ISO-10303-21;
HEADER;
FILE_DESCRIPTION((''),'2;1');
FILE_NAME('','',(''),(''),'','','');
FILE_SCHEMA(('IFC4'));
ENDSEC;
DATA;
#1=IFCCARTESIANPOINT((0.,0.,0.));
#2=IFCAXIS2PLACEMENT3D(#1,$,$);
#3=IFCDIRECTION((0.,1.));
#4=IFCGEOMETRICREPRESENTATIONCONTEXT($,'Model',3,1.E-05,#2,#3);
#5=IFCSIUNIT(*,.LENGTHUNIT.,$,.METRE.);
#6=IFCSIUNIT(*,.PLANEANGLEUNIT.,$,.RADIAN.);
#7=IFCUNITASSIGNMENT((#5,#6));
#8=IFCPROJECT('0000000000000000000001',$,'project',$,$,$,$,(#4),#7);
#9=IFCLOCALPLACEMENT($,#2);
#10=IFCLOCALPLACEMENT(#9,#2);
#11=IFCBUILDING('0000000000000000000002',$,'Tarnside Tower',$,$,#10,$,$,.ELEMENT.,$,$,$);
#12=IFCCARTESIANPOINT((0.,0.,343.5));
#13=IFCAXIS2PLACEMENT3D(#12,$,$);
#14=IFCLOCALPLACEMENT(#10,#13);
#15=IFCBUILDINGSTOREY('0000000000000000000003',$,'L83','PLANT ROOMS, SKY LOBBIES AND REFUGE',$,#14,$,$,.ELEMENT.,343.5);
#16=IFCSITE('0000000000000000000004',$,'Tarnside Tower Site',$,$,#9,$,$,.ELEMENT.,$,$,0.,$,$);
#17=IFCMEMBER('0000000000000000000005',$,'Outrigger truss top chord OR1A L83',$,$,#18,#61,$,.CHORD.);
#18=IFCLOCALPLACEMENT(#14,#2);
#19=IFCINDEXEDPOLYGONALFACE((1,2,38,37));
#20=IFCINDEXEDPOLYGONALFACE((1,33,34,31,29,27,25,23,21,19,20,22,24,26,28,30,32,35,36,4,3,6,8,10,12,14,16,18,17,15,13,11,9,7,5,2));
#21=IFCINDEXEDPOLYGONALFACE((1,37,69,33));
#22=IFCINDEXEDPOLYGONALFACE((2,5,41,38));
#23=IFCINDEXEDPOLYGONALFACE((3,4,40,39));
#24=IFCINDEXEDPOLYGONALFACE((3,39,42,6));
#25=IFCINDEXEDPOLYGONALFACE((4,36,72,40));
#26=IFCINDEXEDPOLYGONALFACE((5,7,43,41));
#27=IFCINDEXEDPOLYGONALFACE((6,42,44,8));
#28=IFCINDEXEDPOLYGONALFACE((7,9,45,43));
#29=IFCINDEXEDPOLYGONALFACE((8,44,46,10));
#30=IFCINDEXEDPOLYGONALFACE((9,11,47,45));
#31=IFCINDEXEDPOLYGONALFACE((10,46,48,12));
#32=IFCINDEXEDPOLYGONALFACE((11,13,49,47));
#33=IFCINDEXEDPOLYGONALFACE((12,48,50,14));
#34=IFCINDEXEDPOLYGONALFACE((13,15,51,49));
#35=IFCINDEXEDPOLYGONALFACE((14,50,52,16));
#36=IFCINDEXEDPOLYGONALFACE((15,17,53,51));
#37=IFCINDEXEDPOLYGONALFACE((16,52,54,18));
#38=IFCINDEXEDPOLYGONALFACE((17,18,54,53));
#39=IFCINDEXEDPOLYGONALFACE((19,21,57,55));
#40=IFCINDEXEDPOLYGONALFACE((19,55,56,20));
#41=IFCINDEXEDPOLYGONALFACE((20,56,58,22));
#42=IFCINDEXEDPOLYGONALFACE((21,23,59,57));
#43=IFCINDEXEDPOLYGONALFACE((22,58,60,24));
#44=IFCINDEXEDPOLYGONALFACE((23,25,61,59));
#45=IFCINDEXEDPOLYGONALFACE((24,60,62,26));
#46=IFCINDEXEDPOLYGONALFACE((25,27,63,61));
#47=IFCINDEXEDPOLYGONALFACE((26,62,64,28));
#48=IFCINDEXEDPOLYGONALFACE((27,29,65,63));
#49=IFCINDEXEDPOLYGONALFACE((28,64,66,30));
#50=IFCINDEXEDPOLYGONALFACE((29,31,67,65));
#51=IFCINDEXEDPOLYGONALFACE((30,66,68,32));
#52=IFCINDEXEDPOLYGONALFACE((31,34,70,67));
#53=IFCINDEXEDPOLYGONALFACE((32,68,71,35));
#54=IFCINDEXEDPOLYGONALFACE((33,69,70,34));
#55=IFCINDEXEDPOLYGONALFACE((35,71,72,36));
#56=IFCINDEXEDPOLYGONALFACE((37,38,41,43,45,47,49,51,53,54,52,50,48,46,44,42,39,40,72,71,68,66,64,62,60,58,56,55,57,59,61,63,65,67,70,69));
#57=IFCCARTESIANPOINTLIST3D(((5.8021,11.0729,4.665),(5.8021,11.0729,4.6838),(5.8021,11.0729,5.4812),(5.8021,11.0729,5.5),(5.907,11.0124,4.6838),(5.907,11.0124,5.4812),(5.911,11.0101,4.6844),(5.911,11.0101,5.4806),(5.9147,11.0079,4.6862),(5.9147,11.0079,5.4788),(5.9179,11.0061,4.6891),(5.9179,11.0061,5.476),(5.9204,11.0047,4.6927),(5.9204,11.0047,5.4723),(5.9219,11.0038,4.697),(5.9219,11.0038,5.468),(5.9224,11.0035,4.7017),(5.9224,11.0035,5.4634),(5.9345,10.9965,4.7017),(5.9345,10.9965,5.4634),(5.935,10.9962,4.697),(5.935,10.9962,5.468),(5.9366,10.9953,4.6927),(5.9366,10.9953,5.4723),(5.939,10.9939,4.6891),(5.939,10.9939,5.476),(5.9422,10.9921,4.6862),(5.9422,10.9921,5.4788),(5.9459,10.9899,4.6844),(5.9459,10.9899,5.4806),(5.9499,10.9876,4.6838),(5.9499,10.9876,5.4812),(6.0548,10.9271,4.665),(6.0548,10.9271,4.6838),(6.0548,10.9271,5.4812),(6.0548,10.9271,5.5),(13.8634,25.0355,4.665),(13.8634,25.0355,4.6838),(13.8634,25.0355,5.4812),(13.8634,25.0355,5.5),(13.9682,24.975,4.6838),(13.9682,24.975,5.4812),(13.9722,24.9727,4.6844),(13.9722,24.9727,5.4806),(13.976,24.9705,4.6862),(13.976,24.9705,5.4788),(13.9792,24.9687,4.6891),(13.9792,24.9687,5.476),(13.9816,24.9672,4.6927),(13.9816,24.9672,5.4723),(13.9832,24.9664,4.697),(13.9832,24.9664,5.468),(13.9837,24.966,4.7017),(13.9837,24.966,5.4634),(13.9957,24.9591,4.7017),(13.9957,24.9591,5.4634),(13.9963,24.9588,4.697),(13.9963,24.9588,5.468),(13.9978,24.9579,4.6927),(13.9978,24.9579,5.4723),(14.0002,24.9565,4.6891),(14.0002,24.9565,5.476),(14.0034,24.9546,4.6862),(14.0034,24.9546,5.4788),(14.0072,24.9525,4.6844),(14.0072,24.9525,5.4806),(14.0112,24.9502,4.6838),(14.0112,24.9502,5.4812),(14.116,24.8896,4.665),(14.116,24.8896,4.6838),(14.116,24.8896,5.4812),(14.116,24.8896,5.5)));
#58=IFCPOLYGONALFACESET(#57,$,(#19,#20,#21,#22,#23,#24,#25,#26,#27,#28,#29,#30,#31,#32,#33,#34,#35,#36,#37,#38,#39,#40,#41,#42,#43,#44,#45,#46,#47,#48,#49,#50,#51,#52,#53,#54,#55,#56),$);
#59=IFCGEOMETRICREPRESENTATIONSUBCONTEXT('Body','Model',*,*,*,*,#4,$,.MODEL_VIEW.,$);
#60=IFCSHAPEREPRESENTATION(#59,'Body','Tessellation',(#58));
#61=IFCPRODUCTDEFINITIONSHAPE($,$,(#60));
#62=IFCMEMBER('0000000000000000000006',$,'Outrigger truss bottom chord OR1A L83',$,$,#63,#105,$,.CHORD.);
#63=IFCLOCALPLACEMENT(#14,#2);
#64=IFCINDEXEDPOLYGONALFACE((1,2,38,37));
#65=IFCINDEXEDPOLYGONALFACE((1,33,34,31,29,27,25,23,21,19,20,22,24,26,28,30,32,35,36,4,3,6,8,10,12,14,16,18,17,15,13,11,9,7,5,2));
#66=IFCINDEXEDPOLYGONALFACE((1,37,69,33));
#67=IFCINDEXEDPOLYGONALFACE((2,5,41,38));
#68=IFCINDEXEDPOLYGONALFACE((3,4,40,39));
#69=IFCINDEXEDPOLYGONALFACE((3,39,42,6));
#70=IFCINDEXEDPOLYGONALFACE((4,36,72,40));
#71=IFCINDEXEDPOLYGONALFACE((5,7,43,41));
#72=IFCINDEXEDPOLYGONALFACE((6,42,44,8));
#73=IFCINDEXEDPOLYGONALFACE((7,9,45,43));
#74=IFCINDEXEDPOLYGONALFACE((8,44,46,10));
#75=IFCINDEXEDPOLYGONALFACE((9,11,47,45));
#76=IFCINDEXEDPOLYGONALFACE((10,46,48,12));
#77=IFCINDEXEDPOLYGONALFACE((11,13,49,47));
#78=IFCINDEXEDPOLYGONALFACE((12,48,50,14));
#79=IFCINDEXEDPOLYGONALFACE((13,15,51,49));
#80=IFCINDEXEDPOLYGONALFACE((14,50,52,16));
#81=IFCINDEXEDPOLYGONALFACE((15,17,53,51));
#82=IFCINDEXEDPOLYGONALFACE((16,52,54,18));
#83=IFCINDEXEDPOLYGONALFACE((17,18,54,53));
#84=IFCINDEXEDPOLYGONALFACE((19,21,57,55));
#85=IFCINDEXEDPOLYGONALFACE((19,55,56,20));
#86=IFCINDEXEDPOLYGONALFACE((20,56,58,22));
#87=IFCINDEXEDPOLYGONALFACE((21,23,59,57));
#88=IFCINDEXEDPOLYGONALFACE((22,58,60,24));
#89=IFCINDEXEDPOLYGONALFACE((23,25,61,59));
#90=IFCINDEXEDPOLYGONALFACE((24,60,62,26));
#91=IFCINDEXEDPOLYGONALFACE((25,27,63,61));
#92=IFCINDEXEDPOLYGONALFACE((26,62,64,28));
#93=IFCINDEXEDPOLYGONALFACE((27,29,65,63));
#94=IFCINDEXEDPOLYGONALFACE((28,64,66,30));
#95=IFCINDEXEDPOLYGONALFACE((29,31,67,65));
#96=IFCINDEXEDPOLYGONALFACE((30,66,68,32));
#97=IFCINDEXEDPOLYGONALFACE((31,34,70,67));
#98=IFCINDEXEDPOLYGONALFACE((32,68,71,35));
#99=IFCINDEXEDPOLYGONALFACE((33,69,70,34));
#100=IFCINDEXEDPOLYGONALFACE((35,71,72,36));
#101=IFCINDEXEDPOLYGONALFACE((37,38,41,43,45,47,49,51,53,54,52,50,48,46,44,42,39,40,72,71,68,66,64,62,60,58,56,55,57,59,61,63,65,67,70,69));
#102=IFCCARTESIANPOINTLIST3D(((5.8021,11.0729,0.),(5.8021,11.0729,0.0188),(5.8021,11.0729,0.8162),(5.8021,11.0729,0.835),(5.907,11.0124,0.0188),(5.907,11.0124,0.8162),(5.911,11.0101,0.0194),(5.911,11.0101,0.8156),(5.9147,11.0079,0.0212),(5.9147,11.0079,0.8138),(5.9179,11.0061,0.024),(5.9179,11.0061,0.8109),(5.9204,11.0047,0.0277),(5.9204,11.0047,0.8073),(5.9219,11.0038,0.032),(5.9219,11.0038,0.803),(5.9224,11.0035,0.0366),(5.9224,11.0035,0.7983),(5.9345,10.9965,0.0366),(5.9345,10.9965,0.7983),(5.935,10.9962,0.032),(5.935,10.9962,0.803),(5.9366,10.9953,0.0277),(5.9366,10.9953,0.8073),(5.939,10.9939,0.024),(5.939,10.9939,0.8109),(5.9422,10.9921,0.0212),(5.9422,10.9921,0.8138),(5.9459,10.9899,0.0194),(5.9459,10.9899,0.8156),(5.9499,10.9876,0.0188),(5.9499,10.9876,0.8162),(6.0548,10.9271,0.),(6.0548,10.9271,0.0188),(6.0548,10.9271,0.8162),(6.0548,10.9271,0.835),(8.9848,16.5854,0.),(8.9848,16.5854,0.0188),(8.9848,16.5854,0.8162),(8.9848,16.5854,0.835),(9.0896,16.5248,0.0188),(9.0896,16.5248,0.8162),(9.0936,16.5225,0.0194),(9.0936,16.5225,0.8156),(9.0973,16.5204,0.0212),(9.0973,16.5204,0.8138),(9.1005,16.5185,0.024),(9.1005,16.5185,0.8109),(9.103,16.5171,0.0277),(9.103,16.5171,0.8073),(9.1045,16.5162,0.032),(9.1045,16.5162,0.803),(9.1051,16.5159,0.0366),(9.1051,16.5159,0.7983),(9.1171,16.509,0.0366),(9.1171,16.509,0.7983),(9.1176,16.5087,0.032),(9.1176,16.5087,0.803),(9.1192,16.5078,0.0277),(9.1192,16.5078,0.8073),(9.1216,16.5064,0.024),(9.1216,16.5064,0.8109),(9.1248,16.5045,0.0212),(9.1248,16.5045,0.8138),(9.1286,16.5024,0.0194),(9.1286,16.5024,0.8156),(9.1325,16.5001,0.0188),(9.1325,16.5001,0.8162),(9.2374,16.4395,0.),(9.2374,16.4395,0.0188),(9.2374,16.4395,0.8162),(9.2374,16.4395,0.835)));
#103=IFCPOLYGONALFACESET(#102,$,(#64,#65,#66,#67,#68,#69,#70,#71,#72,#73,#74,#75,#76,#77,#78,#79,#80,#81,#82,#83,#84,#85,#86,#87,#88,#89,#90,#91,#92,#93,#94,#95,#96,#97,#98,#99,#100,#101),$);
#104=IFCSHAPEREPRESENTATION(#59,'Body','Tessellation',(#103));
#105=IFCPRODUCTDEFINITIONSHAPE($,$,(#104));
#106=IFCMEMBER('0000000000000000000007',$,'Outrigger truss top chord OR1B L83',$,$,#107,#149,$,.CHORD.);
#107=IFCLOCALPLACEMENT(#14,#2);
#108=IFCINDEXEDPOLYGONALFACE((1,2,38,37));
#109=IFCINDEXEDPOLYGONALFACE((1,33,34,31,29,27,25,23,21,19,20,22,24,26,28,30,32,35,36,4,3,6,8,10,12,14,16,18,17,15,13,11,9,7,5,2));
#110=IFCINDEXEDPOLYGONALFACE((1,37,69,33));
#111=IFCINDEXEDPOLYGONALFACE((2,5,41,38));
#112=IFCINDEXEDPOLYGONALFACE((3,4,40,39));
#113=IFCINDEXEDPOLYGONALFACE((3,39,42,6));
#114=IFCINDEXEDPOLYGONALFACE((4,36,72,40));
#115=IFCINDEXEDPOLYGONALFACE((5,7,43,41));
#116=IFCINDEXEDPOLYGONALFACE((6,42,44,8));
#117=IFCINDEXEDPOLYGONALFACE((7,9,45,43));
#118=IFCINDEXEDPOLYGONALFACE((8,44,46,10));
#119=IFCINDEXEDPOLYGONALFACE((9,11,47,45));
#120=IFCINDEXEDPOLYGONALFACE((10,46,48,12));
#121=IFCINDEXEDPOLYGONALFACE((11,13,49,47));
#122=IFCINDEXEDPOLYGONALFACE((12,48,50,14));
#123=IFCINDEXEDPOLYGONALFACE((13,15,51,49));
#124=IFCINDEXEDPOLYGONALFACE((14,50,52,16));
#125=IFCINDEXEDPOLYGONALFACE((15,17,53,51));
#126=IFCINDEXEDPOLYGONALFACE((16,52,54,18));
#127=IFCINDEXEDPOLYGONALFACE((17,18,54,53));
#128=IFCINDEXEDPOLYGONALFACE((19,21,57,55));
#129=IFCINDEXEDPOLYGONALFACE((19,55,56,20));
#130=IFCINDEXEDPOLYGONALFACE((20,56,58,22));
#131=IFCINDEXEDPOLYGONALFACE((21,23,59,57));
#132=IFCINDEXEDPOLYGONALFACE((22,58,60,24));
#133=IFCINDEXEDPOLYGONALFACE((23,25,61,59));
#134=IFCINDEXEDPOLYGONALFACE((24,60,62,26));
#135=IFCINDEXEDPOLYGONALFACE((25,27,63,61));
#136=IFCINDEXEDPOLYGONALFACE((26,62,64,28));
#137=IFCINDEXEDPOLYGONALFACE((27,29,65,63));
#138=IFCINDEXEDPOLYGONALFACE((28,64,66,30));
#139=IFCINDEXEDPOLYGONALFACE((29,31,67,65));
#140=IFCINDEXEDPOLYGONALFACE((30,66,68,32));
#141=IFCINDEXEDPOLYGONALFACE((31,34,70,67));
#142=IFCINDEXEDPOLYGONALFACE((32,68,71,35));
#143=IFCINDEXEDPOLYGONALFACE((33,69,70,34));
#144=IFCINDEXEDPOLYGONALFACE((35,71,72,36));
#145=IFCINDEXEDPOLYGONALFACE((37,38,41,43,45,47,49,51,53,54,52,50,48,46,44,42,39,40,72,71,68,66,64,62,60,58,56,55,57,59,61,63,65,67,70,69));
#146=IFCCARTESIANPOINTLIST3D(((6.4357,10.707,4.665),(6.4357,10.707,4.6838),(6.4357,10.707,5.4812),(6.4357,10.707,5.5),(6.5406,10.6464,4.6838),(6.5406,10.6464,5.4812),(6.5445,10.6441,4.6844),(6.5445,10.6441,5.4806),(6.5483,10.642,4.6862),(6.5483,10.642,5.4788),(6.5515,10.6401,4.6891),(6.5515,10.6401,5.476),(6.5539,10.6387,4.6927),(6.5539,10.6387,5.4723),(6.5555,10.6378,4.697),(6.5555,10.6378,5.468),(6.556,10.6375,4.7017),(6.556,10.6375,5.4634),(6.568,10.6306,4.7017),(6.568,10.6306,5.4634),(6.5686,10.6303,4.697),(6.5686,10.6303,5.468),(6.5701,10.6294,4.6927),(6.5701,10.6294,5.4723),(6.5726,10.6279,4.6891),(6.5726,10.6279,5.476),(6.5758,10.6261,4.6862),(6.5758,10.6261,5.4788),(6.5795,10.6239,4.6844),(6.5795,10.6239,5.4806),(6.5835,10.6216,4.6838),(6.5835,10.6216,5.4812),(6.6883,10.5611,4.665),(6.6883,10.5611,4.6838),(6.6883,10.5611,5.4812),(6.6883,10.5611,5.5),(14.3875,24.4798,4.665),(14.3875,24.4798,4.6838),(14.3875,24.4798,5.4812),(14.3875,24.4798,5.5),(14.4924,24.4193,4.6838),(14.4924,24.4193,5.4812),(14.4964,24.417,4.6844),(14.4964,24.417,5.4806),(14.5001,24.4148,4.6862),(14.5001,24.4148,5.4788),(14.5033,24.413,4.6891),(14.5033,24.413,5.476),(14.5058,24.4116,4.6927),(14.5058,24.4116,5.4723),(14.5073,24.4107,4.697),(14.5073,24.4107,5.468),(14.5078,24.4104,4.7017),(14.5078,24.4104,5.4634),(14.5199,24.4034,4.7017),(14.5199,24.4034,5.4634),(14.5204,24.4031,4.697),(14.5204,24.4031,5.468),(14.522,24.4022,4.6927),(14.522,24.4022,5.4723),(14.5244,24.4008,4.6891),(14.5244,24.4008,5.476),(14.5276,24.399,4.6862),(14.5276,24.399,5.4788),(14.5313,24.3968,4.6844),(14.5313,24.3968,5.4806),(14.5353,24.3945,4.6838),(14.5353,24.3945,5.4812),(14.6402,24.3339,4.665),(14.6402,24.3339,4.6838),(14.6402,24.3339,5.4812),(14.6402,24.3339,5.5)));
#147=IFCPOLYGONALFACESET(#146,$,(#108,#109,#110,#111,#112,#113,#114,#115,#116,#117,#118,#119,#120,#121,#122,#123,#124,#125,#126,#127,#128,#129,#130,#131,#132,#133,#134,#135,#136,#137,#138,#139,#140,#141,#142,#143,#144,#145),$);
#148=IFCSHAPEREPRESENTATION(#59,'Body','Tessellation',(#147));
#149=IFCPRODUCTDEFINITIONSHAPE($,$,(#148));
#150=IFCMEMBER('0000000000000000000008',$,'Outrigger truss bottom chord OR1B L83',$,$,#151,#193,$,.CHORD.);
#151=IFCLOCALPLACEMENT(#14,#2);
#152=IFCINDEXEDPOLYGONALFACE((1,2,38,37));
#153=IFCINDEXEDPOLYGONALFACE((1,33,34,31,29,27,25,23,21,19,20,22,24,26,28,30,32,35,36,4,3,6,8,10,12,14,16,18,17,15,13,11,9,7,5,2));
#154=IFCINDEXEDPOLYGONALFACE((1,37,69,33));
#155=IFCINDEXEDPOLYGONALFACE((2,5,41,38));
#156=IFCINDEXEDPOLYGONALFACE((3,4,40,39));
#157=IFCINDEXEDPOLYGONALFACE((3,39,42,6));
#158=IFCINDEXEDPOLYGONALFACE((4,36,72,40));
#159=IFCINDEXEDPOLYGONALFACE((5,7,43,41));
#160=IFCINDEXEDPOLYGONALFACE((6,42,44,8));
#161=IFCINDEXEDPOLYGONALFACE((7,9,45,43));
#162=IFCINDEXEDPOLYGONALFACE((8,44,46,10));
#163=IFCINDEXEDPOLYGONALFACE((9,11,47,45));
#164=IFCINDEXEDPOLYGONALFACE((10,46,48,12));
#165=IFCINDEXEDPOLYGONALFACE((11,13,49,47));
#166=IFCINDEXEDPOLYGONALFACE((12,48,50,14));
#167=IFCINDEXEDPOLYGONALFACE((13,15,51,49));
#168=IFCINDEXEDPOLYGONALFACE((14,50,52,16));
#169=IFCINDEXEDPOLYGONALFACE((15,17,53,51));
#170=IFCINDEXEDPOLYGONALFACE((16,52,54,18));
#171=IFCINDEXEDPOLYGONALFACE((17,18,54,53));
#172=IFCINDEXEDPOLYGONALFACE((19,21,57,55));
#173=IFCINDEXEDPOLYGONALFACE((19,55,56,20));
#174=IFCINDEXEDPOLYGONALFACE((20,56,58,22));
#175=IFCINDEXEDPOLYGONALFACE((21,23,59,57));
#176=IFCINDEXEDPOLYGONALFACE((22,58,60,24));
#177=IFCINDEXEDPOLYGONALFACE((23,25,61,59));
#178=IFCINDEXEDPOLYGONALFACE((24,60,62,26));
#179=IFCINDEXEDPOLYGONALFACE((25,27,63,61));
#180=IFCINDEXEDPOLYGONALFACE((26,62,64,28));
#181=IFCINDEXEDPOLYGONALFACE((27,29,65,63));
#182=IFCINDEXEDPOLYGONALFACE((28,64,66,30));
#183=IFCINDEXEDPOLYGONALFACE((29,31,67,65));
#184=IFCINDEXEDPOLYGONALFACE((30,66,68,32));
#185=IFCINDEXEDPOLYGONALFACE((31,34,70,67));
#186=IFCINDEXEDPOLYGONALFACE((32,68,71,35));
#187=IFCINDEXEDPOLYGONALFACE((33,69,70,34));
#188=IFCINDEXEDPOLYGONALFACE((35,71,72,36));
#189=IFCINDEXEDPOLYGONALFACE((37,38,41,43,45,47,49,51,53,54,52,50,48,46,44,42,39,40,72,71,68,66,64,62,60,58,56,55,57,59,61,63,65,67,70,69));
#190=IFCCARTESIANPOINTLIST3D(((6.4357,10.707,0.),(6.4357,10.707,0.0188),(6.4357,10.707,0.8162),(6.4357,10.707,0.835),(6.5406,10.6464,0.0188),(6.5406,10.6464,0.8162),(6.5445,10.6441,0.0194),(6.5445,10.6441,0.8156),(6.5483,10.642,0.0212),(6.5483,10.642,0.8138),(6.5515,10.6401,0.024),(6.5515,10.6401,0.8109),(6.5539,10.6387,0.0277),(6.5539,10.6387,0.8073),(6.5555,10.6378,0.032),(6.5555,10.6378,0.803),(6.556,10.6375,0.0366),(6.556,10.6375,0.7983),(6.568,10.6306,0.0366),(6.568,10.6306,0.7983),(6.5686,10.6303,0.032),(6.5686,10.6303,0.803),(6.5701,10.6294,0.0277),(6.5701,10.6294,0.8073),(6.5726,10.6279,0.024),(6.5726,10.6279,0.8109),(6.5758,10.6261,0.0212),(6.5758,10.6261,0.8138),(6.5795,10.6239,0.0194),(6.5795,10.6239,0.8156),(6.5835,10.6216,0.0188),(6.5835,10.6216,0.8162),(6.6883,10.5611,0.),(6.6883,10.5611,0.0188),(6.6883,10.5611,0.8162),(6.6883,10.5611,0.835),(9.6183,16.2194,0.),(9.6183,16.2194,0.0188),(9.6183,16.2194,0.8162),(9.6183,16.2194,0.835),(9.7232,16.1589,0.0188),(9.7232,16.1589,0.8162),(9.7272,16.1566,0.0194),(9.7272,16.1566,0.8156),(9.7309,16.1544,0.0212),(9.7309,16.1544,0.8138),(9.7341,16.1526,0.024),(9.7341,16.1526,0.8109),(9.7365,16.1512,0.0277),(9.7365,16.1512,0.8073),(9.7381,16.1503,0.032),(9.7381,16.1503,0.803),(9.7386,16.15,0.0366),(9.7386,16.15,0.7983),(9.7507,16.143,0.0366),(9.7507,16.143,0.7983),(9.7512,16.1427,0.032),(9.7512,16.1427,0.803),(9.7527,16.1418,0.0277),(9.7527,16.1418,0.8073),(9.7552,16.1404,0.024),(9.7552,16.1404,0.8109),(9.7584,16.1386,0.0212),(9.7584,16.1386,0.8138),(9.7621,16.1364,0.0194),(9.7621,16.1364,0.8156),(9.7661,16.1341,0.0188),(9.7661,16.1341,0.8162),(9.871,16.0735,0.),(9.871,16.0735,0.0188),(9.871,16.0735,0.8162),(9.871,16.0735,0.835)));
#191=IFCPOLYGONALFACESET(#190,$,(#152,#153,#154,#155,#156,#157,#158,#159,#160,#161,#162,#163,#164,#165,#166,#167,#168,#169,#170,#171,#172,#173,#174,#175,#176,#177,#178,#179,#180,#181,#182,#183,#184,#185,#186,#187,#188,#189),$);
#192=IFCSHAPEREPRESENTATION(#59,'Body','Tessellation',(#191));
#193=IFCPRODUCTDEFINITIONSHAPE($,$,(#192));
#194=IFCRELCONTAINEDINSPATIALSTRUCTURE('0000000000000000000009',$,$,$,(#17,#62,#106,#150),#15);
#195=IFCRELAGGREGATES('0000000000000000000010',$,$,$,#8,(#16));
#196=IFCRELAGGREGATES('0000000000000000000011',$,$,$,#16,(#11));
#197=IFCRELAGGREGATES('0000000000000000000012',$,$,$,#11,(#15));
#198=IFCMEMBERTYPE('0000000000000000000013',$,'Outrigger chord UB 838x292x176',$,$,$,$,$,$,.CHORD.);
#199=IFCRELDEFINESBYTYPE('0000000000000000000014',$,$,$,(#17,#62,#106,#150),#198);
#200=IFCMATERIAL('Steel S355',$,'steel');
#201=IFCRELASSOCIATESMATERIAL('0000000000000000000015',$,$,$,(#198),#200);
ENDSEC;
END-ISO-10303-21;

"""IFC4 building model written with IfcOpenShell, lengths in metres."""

from ifc_helpers import new_model, si_unit, direction, frame, origin, origin_2d, place, context, subcontext, project, spatial, i_section, extrude, material, material_profile, profile_set, type_object, element, save


model = new_model("IFC4")

# Units and contexts
model_context = context("Model", 3, precision=1e-05, world=origin(), true_north=direction((0.0, 1.0)))
body_context = subcontext(model_context, "Body", "Model", "MODEL_VIEW")
ifc_project = project(units=[si_unit("LENGTHUNIT", "METRE"), si_unit("PLANEANGLEUNIT", "RADIAN")], contexts=[model_context])

# Site, building, storey
site_placement = place(None, origin())
site = spatial("IfcSite", under=ifc_project, at=site_placement, Name="Tarnside Tower Site", CompositionType="ELEMENT", RefElevation=0.0)
building_placement = place(site_placement, origin())
building = spatial("IfcBuilding", under=site, at=building_placement, Name="Tarnside Tower", CompositionType="ELEMENT")
storey_placement = place(building_placement, frame((0.0, 0.0, 343.5)))
storey = spatial("IfcBuildingStorey", under=building, at=storey_placement, Name="L83", Description="PLANT ROOMS, SKY LOBBIES AND REFUGE", CompositionType="ELEMENT", Elevation=343.5)

# Members
ifc_material_1 = material(Name="Steel S355", Category="steel")
ifc_material_profile_1 = material_profile(ifc_material_1, i_section(OverallWidth=0.2917, OverallDepth=0.835, WebThickness=0.0139, FlangeThickness=0.0188, FilletRadius=0.0178, at=origin_2d()), Name="UB 838x292x176")
ifc_profile_set_1 = profile_set([ifc_material_profile_1], Name="Steel S355")
member_type_1 = type_object("IfcMemberType", Name="Outrigger chord UB 838x292x176", PredefinedType="CHORD", material=ifc_profile_set_1)
member_1_placement = place(storey_placement, frame((5.9285, 11.0, 5.0825), z_axis=(0.499997, 0.866027, 0.0), x_axis=(-0.866027, 0.499997, 0.0)))
element("IfcMember", 1, at=member_1_placement, inside=storey, type_object=member_type_1, Name="Outrigger truss top chord OR1A L83", PredefinedType="CHORD", context=body_context, shape_type="SweptSolid", body=[
    extrude(i_section(OverallWidth=0.2917, OverallDepth=0.835, WebThickness=0.0139, FlangeThickness=0.0188, FilletRadius=0.0178, at=origin_2d()), origin(), (0.0, 0.0, 1.0), 16.1226),
])
member_2_placement = place(storey_placement, frame((5.9285, 11.0, 0.4175), z_axis=(0.5, 0.866025, 0.0), x_axis=(-0.866025, 0.5, 0.0)))
element("IfcMember", 2, at=member_2_placement, inside=storey, type_object=member_type_1, Name="Outrigger truss bottom chord OR1A L83", PredefinedType="CHORD", context=body_context, shape_type="SweptSolid", body=[
    extrude(i_section(OverallWidth=0.2917, OverallDepth=0.835, WebThickness=0.0139, FlangeThickness=0.0188, FilletRadius=0.0178, at=origin_2d()), origin(), (0.0, 0.0, 1.0), 6.3652),
])
member_3_placement = place(storey_placement, frame((6.562, 10.634, 5.0825), z_axis=(0.500004, 0.866023, 0.0), x_axis=(-0.866023, 0.500004, 0.0)))
element("IfcMember", 3, at=member_3_placement, inside=storey, type_object=member_type_1, Name="Outrigger truss top chord OR1B L83", PredefinedType="CHORD", context=body_context, shape_type="SweptSolid", body=[
    extrude(i_section(OverallWidth=0.2917, OverallDepth=0.835, WebThickness=0.0139, FlangeThickness=0.0188, FilletRadius=0.0178, at=origin_2d()), origin(), (0.0, 0.0, 1.0), 15.9036),
])
member_4_placement = place(storey_placement, frame((6.562, 10.634, 0.4175), z_axis=(0.5, 0.866025, 0.0), x_axis=(-0.866025, 0.5, 0.0)))
element("IfcMember", 4, at=member_4_placement, inside=storey, type_object=member_type_1, Name="Outrigger truss bottom chord OR1B L83", PredefinedType="CHORD", context=body_context, shape_type="SweptSolid", body=[
    extrude(i_section(OverallWidth=0.2917, OverallDepth=0.835, WebThickness=0.0139, FlangeThickness=0.0188, FilletRadius=0.0178, at=origin_2d()), origin(), (0.0, 0.0, 1.0), 6.3652),
])

save(model, "model.ifc")
